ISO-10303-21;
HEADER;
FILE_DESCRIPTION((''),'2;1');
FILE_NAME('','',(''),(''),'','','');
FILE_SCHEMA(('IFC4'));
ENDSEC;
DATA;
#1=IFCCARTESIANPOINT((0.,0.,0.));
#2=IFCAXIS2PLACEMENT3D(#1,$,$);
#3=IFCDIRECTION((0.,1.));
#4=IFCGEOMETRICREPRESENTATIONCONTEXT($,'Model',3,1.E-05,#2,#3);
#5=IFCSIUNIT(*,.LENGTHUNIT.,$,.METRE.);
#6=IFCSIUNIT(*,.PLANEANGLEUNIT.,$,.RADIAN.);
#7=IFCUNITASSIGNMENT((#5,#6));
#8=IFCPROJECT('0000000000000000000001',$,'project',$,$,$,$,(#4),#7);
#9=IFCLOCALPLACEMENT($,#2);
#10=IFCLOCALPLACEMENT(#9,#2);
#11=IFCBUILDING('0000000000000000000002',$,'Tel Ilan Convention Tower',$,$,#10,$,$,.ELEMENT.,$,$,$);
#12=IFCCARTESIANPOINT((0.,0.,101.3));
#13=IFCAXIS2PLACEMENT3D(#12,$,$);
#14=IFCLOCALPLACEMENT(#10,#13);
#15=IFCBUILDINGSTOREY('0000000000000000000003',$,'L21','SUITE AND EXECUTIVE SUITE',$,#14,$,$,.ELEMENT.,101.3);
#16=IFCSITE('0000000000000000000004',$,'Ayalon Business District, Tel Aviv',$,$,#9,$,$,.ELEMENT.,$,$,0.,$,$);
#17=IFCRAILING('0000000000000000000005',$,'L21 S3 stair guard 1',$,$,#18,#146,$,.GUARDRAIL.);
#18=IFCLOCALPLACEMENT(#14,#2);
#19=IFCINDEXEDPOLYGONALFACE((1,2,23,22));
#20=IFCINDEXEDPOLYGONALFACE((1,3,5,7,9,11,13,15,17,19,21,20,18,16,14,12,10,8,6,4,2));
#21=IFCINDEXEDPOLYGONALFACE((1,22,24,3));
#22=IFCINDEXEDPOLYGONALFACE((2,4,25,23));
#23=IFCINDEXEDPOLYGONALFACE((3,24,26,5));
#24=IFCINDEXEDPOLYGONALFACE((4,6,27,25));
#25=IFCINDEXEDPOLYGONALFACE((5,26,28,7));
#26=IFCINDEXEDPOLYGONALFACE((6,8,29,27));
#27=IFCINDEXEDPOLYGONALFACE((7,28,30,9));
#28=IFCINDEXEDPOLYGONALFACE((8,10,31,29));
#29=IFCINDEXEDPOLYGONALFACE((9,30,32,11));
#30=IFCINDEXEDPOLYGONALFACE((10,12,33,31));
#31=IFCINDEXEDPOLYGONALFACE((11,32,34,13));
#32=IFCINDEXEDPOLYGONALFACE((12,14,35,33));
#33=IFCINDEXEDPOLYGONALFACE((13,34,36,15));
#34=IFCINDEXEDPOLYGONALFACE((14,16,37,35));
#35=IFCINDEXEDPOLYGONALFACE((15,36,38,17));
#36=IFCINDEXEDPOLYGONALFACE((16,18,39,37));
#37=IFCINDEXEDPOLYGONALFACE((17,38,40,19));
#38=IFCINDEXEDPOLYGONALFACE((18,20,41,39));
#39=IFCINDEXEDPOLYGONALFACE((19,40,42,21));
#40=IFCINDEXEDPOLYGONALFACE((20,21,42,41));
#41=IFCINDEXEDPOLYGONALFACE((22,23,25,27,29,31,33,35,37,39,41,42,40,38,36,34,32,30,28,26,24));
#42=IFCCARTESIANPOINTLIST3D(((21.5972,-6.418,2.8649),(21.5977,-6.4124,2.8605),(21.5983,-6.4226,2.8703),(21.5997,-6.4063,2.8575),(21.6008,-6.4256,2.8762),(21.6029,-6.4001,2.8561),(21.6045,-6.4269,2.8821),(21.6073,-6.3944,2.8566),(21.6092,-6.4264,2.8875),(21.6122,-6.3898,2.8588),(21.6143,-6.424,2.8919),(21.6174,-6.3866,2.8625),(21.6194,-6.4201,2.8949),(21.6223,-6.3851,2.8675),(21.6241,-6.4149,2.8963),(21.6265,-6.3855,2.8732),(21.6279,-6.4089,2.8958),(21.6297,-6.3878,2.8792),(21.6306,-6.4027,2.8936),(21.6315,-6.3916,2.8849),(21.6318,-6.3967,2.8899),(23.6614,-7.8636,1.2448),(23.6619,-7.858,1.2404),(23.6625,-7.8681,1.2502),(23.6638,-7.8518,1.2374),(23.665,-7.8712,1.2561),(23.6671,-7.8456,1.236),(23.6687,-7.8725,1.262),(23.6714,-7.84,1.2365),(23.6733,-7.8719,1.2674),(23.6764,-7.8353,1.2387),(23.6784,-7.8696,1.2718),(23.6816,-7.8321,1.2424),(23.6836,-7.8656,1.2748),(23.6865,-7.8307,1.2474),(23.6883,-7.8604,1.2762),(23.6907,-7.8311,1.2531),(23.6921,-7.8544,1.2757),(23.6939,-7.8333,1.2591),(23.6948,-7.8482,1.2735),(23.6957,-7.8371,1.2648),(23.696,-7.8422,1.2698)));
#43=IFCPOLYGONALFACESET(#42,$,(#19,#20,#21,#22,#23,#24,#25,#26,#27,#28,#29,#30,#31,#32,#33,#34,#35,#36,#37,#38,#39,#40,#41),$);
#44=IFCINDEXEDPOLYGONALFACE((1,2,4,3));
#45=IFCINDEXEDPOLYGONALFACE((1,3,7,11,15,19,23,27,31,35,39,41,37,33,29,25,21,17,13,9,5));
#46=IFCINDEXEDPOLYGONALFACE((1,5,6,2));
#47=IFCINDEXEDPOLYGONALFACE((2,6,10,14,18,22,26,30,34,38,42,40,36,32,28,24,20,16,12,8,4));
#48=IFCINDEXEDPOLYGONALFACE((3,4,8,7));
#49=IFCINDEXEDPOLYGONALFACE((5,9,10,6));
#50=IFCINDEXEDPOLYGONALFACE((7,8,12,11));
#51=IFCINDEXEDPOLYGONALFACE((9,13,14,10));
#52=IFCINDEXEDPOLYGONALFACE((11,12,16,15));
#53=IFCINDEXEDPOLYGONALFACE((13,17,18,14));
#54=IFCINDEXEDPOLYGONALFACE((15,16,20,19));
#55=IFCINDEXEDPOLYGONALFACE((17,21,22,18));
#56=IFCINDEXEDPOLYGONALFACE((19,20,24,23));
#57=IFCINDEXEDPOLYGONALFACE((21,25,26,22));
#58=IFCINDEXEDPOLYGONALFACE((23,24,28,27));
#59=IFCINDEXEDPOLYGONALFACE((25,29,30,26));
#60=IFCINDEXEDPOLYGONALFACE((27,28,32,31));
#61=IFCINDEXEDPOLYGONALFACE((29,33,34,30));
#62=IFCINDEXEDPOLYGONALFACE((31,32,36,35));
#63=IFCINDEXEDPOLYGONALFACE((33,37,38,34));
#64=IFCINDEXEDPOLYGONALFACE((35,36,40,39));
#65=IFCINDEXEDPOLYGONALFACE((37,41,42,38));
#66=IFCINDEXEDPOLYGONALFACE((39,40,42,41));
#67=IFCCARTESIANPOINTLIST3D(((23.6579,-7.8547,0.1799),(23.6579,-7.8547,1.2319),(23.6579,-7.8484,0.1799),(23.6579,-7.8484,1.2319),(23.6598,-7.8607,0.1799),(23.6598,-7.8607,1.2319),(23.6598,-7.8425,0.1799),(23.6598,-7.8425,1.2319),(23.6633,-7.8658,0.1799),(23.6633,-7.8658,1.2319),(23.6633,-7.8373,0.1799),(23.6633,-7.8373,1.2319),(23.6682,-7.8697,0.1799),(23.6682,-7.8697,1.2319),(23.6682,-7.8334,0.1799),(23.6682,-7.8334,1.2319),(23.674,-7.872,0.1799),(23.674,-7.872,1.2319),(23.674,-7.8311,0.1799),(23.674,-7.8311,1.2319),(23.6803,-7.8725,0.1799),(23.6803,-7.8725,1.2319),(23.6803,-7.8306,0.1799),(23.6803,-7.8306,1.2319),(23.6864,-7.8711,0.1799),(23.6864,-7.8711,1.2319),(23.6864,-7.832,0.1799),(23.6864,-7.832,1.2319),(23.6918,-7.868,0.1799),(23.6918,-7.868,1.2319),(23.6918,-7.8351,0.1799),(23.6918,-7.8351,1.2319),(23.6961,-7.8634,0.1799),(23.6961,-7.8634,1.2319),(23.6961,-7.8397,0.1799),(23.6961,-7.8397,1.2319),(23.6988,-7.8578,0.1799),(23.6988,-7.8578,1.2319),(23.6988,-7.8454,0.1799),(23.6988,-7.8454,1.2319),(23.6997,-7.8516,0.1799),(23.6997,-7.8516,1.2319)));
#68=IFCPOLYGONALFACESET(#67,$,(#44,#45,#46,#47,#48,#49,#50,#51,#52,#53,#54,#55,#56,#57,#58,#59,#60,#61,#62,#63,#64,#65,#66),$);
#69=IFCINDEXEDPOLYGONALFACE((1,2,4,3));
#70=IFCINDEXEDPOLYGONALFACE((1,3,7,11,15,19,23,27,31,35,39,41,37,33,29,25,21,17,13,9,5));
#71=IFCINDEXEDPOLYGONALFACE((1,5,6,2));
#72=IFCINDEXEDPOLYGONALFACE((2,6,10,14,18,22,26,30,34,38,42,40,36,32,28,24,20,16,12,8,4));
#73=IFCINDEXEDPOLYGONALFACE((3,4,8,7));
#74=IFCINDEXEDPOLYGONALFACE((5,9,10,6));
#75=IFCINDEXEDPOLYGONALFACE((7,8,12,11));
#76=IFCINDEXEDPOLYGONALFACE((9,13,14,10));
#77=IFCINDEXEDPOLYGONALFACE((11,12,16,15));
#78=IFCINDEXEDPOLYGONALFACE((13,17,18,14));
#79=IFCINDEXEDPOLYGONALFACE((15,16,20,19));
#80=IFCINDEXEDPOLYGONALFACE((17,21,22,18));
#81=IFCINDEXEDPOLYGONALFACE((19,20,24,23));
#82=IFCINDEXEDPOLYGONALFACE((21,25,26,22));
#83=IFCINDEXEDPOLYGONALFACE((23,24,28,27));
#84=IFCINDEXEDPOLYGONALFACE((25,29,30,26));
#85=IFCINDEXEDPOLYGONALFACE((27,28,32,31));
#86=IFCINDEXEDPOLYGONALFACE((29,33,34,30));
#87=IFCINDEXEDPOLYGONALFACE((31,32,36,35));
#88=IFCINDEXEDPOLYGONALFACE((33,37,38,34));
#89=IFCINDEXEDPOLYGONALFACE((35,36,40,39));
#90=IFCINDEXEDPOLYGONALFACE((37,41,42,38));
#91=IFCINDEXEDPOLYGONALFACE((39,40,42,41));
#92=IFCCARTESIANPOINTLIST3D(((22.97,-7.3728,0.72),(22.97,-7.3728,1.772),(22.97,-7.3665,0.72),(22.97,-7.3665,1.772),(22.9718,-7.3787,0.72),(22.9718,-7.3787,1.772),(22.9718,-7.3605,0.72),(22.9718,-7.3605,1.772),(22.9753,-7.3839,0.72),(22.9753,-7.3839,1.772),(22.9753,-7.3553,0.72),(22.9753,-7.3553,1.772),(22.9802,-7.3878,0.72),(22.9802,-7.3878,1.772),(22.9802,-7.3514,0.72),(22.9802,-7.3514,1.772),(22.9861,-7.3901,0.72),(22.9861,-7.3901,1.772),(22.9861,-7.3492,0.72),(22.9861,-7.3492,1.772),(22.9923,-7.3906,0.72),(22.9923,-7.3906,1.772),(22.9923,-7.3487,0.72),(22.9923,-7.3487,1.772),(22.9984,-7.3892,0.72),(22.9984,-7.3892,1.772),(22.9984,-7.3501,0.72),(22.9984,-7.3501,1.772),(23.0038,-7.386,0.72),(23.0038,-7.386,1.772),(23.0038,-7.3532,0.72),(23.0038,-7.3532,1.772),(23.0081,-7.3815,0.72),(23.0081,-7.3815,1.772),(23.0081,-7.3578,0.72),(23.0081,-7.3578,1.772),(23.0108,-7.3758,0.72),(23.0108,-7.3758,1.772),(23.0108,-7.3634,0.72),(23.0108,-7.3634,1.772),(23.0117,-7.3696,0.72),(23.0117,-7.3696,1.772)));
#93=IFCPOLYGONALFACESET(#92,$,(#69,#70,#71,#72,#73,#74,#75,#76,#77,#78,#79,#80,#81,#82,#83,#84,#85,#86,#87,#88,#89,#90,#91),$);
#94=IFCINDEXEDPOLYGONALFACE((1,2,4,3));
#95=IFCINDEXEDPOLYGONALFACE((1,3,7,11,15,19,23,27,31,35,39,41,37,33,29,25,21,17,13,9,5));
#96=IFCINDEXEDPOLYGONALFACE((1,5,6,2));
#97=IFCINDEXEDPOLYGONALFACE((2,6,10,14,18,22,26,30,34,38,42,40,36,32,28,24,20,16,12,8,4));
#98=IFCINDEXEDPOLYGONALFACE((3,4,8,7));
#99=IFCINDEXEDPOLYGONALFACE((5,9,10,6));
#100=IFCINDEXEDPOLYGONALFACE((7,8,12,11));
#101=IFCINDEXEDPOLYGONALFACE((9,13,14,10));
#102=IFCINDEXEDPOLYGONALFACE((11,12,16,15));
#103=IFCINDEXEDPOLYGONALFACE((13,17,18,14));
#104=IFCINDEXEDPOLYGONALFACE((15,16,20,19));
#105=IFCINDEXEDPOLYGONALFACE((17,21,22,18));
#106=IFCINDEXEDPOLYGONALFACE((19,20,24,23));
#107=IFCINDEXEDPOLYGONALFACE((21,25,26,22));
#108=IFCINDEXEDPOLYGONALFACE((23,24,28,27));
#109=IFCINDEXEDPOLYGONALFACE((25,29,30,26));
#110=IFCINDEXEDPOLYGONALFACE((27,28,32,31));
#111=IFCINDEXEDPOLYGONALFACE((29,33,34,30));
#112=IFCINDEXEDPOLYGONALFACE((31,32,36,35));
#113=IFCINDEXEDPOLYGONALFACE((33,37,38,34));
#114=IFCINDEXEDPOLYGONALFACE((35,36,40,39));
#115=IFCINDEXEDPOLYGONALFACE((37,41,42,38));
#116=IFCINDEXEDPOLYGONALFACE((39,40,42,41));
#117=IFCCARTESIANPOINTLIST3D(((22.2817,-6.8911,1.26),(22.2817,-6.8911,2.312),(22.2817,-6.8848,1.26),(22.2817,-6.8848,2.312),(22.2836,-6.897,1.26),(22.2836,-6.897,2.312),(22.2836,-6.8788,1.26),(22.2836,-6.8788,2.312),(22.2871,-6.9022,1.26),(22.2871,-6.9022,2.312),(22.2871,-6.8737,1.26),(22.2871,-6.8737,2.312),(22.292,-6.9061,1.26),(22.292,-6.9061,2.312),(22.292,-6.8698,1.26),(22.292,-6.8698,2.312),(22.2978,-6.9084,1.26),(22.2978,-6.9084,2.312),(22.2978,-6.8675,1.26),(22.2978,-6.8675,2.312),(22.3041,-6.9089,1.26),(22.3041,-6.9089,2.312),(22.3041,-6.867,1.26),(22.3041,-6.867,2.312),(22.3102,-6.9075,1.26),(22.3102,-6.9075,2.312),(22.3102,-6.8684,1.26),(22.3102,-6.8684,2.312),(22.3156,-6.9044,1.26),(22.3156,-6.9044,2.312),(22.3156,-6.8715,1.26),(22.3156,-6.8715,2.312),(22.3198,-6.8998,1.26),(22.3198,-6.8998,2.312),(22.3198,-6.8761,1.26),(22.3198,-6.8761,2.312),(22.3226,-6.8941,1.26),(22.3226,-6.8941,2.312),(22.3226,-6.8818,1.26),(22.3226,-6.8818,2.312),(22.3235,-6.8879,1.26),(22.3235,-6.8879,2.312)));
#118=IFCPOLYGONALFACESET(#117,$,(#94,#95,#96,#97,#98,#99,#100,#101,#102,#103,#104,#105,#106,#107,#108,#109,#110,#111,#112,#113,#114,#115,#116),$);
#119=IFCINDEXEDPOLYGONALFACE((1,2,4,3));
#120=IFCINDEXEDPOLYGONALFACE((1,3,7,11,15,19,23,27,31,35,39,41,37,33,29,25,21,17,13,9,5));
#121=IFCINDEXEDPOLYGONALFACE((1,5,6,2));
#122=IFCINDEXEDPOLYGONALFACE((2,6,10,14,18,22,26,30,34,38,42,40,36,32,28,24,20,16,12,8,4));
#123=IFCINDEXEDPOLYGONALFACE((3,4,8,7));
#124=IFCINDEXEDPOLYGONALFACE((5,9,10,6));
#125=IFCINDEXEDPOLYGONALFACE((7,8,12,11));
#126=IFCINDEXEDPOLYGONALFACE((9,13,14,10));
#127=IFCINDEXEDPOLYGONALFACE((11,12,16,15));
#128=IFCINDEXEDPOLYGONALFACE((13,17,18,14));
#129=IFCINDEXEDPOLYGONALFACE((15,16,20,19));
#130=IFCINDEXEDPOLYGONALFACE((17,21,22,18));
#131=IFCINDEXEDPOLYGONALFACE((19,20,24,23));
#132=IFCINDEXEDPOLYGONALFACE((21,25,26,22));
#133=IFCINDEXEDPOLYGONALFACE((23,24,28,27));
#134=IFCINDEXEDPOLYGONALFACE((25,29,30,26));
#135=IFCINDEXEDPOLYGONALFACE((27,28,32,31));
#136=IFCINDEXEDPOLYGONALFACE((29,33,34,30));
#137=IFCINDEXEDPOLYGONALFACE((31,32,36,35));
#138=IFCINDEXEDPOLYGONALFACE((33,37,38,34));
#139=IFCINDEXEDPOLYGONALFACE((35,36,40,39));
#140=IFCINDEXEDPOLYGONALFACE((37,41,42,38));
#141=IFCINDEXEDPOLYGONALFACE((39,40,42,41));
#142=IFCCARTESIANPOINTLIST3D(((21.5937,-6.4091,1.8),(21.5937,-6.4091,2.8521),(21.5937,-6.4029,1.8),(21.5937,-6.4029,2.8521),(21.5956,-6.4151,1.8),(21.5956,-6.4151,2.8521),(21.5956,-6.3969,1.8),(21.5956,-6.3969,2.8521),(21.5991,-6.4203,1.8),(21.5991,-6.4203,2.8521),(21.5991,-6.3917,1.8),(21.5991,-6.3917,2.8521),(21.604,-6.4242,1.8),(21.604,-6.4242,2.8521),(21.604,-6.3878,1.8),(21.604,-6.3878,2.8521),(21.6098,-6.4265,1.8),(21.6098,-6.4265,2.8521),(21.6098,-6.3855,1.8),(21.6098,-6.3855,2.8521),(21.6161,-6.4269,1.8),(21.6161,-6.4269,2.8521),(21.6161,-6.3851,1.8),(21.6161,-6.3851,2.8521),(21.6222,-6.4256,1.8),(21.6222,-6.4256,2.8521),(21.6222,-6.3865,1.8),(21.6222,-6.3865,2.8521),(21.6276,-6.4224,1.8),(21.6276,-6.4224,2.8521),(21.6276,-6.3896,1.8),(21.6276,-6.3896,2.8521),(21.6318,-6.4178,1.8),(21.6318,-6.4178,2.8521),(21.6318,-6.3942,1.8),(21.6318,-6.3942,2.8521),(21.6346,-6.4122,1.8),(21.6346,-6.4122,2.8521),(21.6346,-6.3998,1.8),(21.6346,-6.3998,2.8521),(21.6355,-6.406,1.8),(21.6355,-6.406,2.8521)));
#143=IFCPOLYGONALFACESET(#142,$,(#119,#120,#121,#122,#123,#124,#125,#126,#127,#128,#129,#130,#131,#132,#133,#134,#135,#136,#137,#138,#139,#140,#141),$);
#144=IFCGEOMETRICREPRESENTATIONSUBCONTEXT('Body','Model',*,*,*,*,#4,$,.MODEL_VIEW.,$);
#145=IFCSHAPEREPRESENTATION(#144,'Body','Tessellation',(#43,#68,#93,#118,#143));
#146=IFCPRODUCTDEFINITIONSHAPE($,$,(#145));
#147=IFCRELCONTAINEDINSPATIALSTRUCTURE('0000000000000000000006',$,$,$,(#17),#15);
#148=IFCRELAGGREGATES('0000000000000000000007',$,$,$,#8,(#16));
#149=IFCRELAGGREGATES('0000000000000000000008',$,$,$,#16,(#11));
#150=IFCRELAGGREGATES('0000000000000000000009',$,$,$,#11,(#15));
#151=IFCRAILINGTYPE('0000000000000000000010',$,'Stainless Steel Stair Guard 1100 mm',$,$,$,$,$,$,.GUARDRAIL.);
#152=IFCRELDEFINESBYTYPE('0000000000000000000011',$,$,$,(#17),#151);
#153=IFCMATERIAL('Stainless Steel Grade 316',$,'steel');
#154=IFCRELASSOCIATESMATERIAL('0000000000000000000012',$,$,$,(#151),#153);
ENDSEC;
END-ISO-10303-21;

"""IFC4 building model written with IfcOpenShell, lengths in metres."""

from ifc_helpers import new_model, si_unit, direction, frame, origin, origin_2d, place, context, subcontext, project, spatial, circle, extrude, material, type_object, element, save


model = new_model("IFC4")

# Units and contexts
model_context = context("Model", 3, precision=1e-05, world=origin(), true_north=direction((0.0, 1.0)))
body_context = subcontext(model_context, "Body", "Model", "MODEL_VIEW")
ifc_project = project(units=[si_unit("LENGTHUNIT", "METRE"), si_unit("PLANEANGLEUNIT", "RADIAN")], contexts=[model_context])

# Site, building, storey
site_placement = place(None, origin())
site = spatial("IfcSite", under=ifc_project, at=site_placement, Name="Ayalon Business District, Tel Aviv", CompositionType="ELEMENT", RefElevation=0.0)
building_placement = place(site_placement, origin())
building = spatial("IfcBuilding", under=site, at=building_placement, Name="Tel Ilan Convention Tower", CompositionType="ELEMENT")
storey_placement = place(building_placement, frame((0.0, 0.0, 101.3)))
storey = spatial("IfcBuildingStorey", under=building, at=storey_placement, Name="L21", Description="SUITE AND EXECUTIVE SUITE", CompositionType="ELEMENT", Elevation=101.3)

# Railing
ifc_material_1 = material(Name="Stainless Steel Grade 316", Category="steel")
railing_type_1 = type_object("IfcRailingType", Name="Stainless Steel Stair Guard 1100 mm", PredefinedType="GUARDRAIL", material=ifc_material_1)
railing_1_placement = place(storey_placement, frame((23.6787, -7.8516, 0.1799)))
element("IfcRailing", 1, at=railing_1_placement, inside=storey, type_object=railing_type_1, Name="L21 S3 stair guard 1", PredefinedType="GUARDRAIL", context=body_context, shape_type="SweptSolid", body=[
    extrude(circle(Radius=0.0239, at=origin_2d()), frame((0.0, 0.0, 1.0762), z_axis=(-0.689013, 0.482513, 0.540779), x_axis=(-0.573625, -0.819118, 0.0)), (0.0, 0.0, 1.0), 2.9958),
    extrude(circle(Radius=0.021, at=origin_2d()), origin(), (0.0, 0.0, 1.0), 1.052),
    extrude(circle(Radius=0.021, at=origin_2d()), frame((-0.688, 0.4819, 0.54)), (0.0, 0.0, 1.0), 1.052),
    extrude(circle(Radius=0.021, at=origin_2d()), frame((-1.3762, 0.9636, 1.0801)), (0.0, 0.0, 1.0), 1.052),
    extrude(circle(Radius=0.021, at=origin_2d()), frame((-2.0642, 1.4456, 1.6201)), (0.0, 0.0, 1.0), 1.052),
])

save(model, "model.ifc")
